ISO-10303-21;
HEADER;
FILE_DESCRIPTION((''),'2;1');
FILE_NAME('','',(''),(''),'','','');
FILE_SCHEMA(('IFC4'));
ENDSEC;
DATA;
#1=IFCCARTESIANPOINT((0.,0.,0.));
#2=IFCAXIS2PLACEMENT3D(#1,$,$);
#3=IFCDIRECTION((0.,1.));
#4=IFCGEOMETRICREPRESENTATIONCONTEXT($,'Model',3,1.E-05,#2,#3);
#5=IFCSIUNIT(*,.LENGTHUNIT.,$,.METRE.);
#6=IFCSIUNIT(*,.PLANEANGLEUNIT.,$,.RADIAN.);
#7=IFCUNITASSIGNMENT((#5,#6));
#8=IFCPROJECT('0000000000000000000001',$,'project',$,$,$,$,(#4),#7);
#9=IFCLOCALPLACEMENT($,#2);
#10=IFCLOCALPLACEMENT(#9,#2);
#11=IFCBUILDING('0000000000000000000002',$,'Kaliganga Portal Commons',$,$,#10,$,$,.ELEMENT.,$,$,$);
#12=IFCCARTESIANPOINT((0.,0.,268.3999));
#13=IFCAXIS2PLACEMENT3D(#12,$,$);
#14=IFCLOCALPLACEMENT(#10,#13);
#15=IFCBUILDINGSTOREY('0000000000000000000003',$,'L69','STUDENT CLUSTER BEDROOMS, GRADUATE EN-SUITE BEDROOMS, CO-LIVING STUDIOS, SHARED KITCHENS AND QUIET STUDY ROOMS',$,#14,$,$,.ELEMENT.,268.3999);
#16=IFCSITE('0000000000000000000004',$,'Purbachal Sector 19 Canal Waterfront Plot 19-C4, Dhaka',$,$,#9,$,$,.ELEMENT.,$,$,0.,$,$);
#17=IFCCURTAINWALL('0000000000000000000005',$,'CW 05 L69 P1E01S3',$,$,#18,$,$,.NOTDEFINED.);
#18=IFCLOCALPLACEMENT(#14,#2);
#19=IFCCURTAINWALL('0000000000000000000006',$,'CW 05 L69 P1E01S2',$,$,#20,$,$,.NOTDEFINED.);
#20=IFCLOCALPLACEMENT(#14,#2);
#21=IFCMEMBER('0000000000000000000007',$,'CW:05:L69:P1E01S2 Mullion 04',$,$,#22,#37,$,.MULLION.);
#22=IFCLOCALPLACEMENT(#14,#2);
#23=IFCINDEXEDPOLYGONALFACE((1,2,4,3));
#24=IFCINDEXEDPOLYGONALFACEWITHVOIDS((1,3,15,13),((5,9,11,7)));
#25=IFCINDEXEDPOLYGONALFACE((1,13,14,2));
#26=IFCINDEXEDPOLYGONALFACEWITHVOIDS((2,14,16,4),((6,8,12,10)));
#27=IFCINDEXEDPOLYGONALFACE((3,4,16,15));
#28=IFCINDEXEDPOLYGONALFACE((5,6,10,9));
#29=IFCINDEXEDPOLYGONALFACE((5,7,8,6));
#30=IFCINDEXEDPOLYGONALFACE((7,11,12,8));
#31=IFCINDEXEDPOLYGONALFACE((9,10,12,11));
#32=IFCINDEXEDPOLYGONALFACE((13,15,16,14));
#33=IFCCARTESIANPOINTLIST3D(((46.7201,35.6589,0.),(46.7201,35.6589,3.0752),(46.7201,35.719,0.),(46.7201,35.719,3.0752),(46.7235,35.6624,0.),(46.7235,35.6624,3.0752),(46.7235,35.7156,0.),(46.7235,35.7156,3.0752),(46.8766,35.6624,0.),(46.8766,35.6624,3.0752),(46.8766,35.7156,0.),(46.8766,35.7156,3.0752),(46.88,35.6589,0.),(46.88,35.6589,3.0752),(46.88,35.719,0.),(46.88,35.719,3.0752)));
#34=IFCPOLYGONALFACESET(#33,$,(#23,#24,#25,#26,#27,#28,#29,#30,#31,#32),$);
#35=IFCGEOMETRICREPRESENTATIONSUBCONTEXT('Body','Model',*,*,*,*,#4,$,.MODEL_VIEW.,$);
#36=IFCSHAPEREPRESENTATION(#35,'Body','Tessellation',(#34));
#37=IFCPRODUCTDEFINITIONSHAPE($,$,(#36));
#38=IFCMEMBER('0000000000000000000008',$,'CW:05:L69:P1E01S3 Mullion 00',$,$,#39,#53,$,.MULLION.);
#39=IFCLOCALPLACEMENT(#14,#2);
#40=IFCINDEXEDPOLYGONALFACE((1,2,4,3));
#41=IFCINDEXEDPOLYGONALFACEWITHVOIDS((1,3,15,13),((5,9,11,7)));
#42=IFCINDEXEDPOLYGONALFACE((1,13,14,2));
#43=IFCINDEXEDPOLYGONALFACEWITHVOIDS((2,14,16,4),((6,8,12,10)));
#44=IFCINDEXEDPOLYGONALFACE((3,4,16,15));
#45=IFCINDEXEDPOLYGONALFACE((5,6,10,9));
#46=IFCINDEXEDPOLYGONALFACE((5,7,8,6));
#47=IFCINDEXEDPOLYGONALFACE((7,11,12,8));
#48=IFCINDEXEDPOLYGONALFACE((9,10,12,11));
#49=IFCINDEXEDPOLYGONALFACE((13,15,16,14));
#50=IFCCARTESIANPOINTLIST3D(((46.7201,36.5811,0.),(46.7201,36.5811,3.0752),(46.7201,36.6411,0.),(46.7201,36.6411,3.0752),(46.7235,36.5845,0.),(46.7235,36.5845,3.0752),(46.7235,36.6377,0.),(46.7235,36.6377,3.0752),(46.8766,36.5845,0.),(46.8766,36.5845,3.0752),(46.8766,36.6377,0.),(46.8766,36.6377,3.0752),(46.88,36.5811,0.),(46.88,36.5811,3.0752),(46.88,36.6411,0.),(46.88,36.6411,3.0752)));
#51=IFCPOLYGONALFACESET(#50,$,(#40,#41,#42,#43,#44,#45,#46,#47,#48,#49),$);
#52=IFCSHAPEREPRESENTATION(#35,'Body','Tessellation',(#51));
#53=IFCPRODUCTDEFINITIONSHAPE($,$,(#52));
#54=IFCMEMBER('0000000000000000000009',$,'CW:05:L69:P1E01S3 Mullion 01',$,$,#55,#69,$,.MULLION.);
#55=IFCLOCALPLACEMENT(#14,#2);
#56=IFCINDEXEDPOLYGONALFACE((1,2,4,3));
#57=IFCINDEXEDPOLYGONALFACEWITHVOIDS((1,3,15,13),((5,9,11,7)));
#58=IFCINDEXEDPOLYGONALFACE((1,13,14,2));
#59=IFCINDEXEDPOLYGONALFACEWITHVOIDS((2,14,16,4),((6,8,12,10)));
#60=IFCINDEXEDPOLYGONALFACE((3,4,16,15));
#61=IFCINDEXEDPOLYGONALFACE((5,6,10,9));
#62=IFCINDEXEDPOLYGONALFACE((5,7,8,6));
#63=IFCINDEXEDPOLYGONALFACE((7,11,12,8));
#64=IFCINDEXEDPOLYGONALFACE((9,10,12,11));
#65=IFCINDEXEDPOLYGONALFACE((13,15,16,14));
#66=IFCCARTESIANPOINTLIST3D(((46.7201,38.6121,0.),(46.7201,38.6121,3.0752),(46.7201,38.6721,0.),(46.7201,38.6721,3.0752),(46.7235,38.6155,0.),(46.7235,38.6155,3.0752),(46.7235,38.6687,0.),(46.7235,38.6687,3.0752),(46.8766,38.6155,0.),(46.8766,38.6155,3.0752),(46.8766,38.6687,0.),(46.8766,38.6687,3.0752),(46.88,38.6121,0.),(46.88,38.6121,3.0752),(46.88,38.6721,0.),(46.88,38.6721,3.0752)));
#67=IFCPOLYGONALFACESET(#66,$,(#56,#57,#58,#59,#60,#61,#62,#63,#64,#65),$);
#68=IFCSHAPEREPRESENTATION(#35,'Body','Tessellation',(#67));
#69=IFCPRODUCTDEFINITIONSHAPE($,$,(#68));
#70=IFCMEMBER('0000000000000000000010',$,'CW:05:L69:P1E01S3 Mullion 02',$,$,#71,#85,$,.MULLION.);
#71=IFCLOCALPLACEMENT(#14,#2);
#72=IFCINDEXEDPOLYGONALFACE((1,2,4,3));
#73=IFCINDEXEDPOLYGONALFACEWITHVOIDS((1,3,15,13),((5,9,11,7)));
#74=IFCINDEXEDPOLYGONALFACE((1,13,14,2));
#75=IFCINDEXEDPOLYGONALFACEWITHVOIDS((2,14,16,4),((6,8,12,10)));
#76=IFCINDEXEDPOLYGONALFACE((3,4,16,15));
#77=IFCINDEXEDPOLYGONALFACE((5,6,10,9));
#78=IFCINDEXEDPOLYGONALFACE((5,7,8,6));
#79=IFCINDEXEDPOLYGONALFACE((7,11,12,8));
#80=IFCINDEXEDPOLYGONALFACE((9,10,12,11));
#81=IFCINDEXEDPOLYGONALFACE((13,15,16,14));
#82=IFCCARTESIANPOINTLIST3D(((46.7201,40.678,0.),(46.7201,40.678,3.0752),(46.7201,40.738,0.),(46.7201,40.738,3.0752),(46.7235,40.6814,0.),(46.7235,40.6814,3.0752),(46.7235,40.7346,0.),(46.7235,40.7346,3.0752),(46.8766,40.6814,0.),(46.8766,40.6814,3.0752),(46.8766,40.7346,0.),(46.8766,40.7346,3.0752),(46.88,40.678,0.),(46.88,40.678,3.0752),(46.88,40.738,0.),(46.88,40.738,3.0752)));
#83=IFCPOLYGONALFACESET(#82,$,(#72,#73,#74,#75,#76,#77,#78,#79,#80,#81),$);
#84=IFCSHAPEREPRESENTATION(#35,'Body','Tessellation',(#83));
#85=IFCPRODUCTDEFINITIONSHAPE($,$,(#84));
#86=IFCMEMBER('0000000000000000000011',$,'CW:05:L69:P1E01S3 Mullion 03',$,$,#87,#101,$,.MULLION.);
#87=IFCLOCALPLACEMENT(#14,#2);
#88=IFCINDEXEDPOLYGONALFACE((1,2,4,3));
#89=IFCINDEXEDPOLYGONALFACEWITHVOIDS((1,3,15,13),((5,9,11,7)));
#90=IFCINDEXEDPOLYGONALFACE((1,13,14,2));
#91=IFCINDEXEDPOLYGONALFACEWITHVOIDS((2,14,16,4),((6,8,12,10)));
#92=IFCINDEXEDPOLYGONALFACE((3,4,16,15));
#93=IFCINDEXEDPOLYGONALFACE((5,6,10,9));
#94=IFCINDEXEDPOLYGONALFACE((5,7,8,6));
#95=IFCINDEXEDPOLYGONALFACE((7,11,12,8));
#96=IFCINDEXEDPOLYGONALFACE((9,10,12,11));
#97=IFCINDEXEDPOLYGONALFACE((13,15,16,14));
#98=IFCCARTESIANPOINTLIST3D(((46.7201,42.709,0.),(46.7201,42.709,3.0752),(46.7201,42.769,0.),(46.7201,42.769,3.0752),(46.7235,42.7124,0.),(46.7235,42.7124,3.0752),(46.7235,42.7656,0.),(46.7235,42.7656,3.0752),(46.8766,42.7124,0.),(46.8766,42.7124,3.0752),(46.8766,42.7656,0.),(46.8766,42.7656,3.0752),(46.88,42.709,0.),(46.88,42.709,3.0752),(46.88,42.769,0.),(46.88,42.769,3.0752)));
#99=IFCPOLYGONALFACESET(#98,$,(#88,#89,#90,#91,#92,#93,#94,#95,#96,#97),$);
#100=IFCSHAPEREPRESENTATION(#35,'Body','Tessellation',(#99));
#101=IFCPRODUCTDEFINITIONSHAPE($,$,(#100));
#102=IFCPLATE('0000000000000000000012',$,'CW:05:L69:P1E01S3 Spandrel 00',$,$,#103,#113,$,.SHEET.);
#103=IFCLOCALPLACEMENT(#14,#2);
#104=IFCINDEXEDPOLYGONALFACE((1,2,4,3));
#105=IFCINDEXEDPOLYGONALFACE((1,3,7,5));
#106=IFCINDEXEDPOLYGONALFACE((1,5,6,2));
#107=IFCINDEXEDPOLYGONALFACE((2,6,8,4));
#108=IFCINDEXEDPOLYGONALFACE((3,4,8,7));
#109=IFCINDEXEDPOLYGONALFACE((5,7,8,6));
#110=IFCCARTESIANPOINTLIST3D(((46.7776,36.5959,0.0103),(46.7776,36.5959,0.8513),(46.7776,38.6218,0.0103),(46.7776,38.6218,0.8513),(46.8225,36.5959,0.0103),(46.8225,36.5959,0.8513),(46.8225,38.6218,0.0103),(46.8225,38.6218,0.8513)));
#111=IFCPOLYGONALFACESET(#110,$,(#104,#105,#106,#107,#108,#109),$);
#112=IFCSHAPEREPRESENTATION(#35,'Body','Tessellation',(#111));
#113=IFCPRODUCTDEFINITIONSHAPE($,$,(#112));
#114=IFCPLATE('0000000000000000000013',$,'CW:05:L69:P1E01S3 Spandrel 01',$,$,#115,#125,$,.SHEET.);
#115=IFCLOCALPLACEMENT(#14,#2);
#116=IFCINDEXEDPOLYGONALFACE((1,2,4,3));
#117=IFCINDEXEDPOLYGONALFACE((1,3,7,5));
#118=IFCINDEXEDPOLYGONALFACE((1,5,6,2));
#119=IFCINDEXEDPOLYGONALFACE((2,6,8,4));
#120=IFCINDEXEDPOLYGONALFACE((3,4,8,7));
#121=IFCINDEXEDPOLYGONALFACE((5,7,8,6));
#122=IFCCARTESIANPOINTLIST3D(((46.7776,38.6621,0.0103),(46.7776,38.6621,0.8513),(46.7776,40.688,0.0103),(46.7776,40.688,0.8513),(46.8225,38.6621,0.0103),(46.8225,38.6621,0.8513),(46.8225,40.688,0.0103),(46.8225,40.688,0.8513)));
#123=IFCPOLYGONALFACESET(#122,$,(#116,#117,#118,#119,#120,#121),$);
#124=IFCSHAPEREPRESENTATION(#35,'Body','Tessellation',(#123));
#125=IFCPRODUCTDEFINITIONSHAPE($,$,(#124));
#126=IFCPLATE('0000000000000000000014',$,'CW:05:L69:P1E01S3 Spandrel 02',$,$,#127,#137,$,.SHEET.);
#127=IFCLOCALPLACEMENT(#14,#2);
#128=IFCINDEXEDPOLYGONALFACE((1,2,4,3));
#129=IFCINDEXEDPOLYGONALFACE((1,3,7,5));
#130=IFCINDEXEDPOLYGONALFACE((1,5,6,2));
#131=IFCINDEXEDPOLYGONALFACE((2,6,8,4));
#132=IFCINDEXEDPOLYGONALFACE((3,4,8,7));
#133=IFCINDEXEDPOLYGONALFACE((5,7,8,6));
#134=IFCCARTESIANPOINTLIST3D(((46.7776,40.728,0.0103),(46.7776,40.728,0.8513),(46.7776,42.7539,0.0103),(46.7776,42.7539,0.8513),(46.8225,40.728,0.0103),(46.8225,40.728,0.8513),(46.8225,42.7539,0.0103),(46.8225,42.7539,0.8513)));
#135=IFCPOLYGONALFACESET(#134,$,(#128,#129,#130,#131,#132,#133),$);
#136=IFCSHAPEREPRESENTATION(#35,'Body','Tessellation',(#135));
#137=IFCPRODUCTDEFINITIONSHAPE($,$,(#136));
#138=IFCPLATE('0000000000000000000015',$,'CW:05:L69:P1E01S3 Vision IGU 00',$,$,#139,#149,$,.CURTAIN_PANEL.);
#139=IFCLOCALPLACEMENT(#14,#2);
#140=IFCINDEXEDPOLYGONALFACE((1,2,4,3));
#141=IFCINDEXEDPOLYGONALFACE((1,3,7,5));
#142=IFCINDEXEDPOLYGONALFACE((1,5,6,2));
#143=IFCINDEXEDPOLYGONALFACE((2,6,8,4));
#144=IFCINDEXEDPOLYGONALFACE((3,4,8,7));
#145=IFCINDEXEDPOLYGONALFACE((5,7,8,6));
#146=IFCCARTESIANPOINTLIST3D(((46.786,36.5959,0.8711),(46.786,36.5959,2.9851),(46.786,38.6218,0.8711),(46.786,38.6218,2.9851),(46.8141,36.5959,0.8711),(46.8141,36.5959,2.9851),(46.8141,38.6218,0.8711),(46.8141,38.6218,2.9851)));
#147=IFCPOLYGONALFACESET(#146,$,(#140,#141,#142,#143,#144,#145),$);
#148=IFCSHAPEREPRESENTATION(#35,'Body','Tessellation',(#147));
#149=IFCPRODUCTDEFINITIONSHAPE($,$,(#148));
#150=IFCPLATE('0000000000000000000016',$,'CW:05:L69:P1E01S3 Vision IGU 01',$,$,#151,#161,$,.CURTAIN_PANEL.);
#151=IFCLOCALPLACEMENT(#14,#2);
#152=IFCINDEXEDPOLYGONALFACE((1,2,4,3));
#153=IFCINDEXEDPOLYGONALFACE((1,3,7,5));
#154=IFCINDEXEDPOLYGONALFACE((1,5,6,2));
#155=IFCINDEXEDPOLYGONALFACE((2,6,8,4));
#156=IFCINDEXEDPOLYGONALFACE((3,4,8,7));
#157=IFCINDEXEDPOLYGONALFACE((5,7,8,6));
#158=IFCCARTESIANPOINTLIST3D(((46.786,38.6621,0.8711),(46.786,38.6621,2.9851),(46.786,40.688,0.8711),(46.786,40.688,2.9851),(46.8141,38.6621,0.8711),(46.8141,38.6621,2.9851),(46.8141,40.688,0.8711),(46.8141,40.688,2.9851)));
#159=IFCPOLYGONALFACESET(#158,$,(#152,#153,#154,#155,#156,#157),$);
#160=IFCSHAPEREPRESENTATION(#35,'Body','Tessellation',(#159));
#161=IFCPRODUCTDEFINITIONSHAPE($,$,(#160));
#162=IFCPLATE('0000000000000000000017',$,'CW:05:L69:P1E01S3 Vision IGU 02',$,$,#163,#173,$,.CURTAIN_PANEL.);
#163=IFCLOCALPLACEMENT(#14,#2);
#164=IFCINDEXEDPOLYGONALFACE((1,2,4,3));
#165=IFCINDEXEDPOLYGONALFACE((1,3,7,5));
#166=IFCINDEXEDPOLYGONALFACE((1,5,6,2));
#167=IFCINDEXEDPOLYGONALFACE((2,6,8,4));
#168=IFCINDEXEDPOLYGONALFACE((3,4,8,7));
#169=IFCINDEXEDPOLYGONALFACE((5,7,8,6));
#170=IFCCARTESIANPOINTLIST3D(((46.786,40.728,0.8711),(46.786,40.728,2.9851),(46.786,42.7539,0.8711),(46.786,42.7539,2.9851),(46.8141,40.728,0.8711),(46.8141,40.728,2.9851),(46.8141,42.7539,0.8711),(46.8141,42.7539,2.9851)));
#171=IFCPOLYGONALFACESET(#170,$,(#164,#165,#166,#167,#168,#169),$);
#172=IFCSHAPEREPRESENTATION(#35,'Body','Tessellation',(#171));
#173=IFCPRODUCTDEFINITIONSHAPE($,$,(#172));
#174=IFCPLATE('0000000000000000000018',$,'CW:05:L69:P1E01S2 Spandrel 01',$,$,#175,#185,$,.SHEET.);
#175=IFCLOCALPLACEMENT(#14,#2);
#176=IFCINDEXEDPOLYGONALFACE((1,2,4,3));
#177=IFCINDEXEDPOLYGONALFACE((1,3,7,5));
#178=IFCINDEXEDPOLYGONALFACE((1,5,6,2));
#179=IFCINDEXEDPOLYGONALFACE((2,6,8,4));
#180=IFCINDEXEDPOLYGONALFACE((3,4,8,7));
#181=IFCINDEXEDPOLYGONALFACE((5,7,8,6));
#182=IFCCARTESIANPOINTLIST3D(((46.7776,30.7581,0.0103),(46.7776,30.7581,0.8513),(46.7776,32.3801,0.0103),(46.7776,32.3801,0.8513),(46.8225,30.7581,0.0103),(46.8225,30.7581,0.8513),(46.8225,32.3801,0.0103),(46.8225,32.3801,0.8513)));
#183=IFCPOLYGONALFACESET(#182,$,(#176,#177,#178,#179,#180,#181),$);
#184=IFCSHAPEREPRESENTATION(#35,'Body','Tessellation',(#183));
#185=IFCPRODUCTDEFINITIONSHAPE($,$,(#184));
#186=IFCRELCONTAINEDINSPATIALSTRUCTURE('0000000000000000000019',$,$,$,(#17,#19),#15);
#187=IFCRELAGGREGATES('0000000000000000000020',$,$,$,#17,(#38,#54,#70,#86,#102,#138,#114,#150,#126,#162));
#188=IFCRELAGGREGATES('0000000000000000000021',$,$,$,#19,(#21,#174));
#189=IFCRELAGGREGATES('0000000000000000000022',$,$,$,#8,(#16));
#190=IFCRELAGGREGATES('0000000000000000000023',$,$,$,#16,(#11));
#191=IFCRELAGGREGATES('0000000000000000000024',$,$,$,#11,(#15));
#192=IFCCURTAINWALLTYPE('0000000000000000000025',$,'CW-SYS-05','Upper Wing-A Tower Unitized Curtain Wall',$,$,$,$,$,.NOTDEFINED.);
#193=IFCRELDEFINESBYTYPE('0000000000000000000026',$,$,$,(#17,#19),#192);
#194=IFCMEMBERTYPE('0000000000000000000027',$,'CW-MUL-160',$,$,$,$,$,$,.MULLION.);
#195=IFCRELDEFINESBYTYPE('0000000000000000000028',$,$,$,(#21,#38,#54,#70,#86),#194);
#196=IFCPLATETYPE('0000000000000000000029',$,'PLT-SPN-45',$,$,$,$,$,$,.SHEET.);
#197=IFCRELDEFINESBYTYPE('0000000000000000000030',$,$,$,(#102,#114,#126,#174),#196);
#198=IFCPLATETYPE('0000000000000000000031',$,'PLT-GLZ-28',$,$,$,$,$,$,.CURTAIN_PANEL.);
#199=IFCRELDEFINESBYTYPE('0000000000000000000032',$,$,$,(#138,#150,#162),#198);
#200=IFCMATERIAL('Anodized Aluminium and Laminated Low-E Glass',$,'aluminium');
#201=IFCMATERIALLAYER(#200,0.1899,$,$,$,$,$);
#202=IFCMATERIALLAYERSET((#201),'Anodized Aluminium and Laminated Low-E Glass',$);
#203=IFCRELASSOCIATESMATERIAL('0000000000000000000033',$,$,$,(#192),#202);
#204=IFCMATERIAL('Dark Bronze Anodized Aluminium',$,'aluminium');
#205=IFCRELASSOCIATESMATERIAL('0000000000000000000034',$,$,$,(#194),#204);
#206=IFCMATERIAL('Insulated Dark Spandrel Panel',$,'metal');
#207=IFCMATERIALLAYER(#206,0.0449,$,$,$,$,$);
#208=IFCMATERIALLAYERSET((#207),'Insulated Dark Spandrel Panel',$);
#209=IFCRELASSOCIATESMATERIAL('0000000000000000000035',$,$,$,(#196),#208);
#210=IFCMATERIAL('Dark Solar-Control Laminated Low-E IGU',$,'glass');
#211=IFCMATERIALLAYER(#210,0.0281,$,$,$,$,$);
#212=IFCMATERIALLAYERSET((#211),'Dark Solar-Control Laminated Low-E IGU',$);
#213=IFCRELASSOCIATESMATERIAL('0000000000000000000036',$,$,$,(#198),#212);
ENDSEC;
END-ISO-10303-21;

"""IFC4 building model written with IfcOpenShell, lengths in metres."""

from ifc_helpers import new_model, si_unit, direction, frame, origin, origin_2d, place, context, subcontext, project, spatial, rectangle, hollow_rectangle, extrude, source, transform, mapped, material, layer, layer_set, material_profile, profile_set, type_object, element, aggregate, save


model = new_model("IFC4")

# Units and contexts
model_context = context("Model", 3, precision=1e-05, world=origin(), true_north=direction((0.0, 1.0)))
body_context = subcontext(model_context, "Body", "Model", "MODEL_VIEW")
ifc_project = project(units=[si_unit("LENGTHUNIT", "METRE"), si_unit("PLANEANGLEUNIT", "RADIAN")], contexts=[model_context])

# Site, building, storey
site_placement = place(None, origin())
site = spatial("IfcSite", under=ifc_project, at=site_placement, Name="Purbachal Sector 19 Canal Waterfront Plot 19-C4, Dhaka", CompositionType="ELEMENT", RefElevation=0.0)
building_placement = place(site_placement, origin())
building = spatial("IfcBuilding", under=site, at=building_placement, Name="Kaliganga Portal Commons", CompositionType="ELEMENT")
storey_placement = place(building_placement, frame((0.0, 0.0, 268.3999)))
storey = spatial("IfcBuildingStorey", under=building, at=storey_placement, Name="L69", Description="STUDENT CLUSTER BEDROOMS, GRADUATE EN-SUITE BEDROOMS, CO-LIVING STUDIOS, SHARED KITCHENS AND QUIET STUDY ROOMS", CompositionType="ELEMENT", Elevation=268.3999)

# Curtain walls, member
ifc_material_1 = material(Name="Anodized Aluminium and Laminated Low-E Glass", Category="aluminium")
ifc_layer_1 = layer(ifc_material_1, 0.1899)
ifc_layer_set_1 = layer_set([ifc_layer_1], Name="Anodized Aluminium and Laminated Low-E Glass")
curtain_wall_type = type_object("IfcCurtainWallType", Name="CW-SYS-05", Description="Upper Wing-A Tower Unitized Curtain Wall", PredefinedType="NOTDEFINED", material=ifc_layer_set_1)
curtain_wall_1_placement = place(storey_placement, origin())
curtain_wall_1 = element("IfcCurtainWall", 1, at=curtain_wall_1_placement, inside=storey, type_object=curtain_wall_type, Name="CW 05 L69 P1E01S3", PredefinedType="NOTDEFINED")
ifc_material_2 = material(Name="Dark Bronze Anodized Aluminium", Category="aluminium")
curtain_wall_2_placement = place(storey_placement, origin())
curtain_wall_2 = element("IfcCurtainWall", 2, at=curtain_wall_2_placement, inside=storey, type_object=curtain_wall_type, Name="CW 05 L69 P1E01S2", PredefinedType="NOTDEFINED")
ifc_material_profile_1 = material_profile(ifc_material_2, hollow_rectangle(XDim=0.0601, YDim=0.1599, WallThickness=0.0034, at=origin_2d()), Name="ALU MULL 60x160x3.5")
ifc_profile_set_1 = profile_set([ifc_material_profile_1], Name="Dark Bronze Anodized Aluminium")
member_type_1 = type_object("IfcMemberType", Name="CW-MUL-160", PredefinedType="MULLION", material=ifc_profile_set_1)
shared_shape_1 = source(origin(), body_context, "Body", "SweptSolid", [
    extrude(hollow_rectangle(XDim=0.0601, YDim=0.1599, WallThickness=0.0034, at=origin_2d()), origin(), (0.0, 0.0, 1.0), 3.0752),
])
member_1_placement = place(storey_placement, frame((46.8, 35.689, 0.0), z_axis=(0.0, 0.0, 1.0), x_axis=(0.0, 1.0, 0.0)))
member_1 = element("IfcMember", 3, at=member_1_placement, type_object=member_type_1, Name="CW:05:L69:P1E01S2 Mullion 04", PredefinedType="MULLION", context=body_context, shape_type="MappedRepresentation", body=[
    mapped(shared_shape_1, transform((0.0, 0.0, 0.0), x_axis=(1.0, 0.0, 0.0), y_axis=(0.0, 1.0, 0.0), z_axis=(0.0, 0.0, 1.0), scale=1.0)),
])

# Members
member_2_placement = place(storey_placement, frame((46.8, 36.6111, 0.0), z_axis=(0.0, 0.0, 1.0), x_axis=(0.0, 1.0, 0.0)))
member_2 = element("IfcMember", 4, at=member_2_placement, type_object=member_type_1, Name="CW:05:L69:P1E01S3 Mullion 00", PredefinedType="MULLION", context=body_context, shape_type="MappedRepresentation", body=[
    mapped(shared_shape_1, transform((0.0, 0.0, 0.0), x_axis=(1.0, 0.0, 0.0), y_axis=(0.0, 1.0, 0.0), z_axis=(0.0, 0.0, 1.0), scale=1.0)),
])
member_3_placement = place(storey_placement, frame((46.8, 38.6421, 0.0), z_axis=(0.0, 0.0, 1.0), x_axis=(0.0, 1.0, 0.0)))
member_3 = element("IfcMember", 5, at=member_3_placement, type_object=member_type_1, Name="CW:05:L69:P1E01S3 Mullion 01", PredefinedType="MULLION", context=body_context, shape_type="MappedRepresentation", body=[
    mapped(shared_shape_1, transform((0.0, 0.0, 0.0), x_axis=(1.0, 0.0, 0.0), y_axis=(0.0, 1.0, 0.0), z_axis=(0.0, 0.0, 1.0), scale=1.0)),
])
member_4_placement = place(storey_placement, frame((46.8, 40.708, 0.0), z_axis=(0.0, 0.0, 1.0), x_axis=(0.0, 1.0, 0.0)))
member_4 = element("IfcMember", 6, at=member_4_placement, type_object=member_type_1, Name="CW:05:L69:P1E01S3 Mullion 02", PredefinedType="MULLION", context=body_context, shape_type="MappedRepresentation", body=[
    mapped(shared_shape_1, transform((0.0, 0.0, 0.0), x_axis=(1.0, 0.0, 0.0), y_axis=(0.0, 1.0, 0.0), z_axis=(0.0, 0.0, 1.0), scale=1.0)),
])
member_5_placement = place(storey_placement, frame((46.8, 42.739, 0.0), z_axis=(0.0, 0.0, 1.0), x_axis=(0.0, 1.0, 0.0)))
member_5 = element("IfcMember", 7, at=member_5_placement, type_object=member_type_1, Name="CW:05:L69:P1E01S3 Mullion 03", PredefinedType="MULLION", context=body_context, shape_type="MappedRepresentation", body=[
    mapped(shared_shape_1, transform((0.0, 0.0, 0.0), x_axis=(1.0, 0.0, 0.0), y_axis=(0.0, 1.0, 0.0), z_axis=(0.0, 0.0, 1.0), scale=1.0)),
])

# Plates
ifc_material_3 = material(Name="Insulated Dark Spandrel Panel", Category="metal")
ifc_layer_2 = layer(ifc_material_3, 0.0449)
ifc_layer_set_2 = layer_set([ifc_layer_2], Name="Insulated Dark Spandrel Panel")
plate_type_1 = type_object("IfcPlateType", Name="PLT-SPN-45", PredefinedType="SHEET", material=ifc_layer_set_2)
shared_shape_2 = source(origin(), body_context, "Body", "SweptSolid", [
    extrude(rectangle(XDim=2.0259, YDim=0.0449, at=origin_2d()), origin(), (0.0, 0.0, 1.0), 0.8411),
])
plate_1_placement = place(storey_placement, frame((46.8, 37.6089, 0.0103), z_axis=(0.0, 0.0, 1.0), x_axis=(0.0, 1.0, 0.0)))
plate_1 = element("IfcPlate", 8, at=plate_1_placement, type_object=plate_type_1, Name="CW:05:L69:P1E01S3 Spandrel 00", PredefinedType="SHEET", context=body_context, shape_type="MappedRepresentation", body=[
    mapped(shared_shape_2, transform((0.0, 0.0, 0.0), x_axis=(1.0, 0.0, 0.0), y_axis=(0.0, 1.0, 0.0), z_axis=(0.0, 0.0, 1.0), scale=1.0)),
])
plate_2_placement = place(storey_placement, frame((46.8, 39.675, 0.0103), z_axis=(0.0, 0.0, 1.0), x_axis=(0.0, 1.0, 0.0)))
plate_2 = element("IfcPlate", 9, at=plate_2_placement, type_object=plate_type_1, Name="CW:05:L69:P1E01S3 Spandrel 01", PredefinedType="SHEET", context=body_context, shape_type="MappedRepresentation", body=[
    mapped(shared_shape_2, transform((0.0, 0.0, 0.0), x_axis=(1.0, 0.0, 0.0), y_axis=(0.0, 1.0, 0.0), z_axis=(0.0, 0.0, 1.0), scale=1.0)),
])
plate_3_placement = place(storey_placement, frame((46.8, 41.741, 0.0103), z_axis=(0.0, 0.0, 1.0), x_axis=(0.0, 1.0, 0.0)))
plate_3 = element("IfcPlate", 10, at=plate_3_placement, type_object=plate_type_1, Name="CW:05:L69:P1E01S3 Spandrel 02", PredefinedType="SHEET", context=body_context, shape_type="MappedRepresentation", body=[
    mapped(shared_shape_2, transform((0.0, 0.0, 0.0), x_axis=(1.0, 0.0, 0.0), y_axis=(0.0, 1.0, 0.0), z_axis=(0.0, 0.0, 1.0), scale=1.0)),
])
ifc_material_4 = material(Name="Dark Solar-Control Laminated Low-E IGU", Category="glass")
ifc_layer_3 = layer(ifc_material_4, 0.0281)
ifc_layer_set_3 = layer_set([ifc_layer_3], Name="Dark Solar-Control Laminated Low-E IGU")
plate_type_2 = type_object("IfcPlateType", Name="PLT-GLZ-28", PredefinedType="CURTAIN_PANEL", material=ifc_layer_set_3)
shared_shape_3 = source(origin(), body_context, "Body", "SweptSolid", [
    extrude(rectangle(XDim=2.0259, YDim=0.0281, at=origin_2d()), origin(), (0.0, 0.0, 1.0), 2.114),
])
plate_4_placement = place(storey_placement, frame((46.8, 37.6089, 0.8711), z_axis=(0.0, 0.0, 1.0), x_axis=(0.0, 1.0, 0.0)))
plate_4 = element("IfcPlate", 11, at=plate_4_placement, type_object=plate_type_2, Name="CW:05:L69:P1E01S3 Vision IGU 00", PredefinedType="CURTAIN_PANEL", context=body_context, shape_type="MappedRepresentation", body=[
    mapped(shared_shape_3, transform((0.0, 0.0, 0.0), x_axis=(1.0, 0.0, 0.0), y_axis=(0.0, 1.0, 0.0), z_axis=(0.0, 0.0, 1.0), scale=1.0)),
])
plate_5_placement = place(storey_placement, frame((46.8, 39.675, 0.8711), z_axis=(0.0, 0.0, 1.0), x_axis=(0.0, 1.0, 0.0)))
plate_5 = element("IfcPlate", 12, at=plate_5_placement, type_object=plate_type_2, Name="CW:05:L69:P1E01S3 Vision IGU 01", PredefinedType="CURTAIN_PANEL", context=body_context, shape_type="MappedRepresentation", body=[
    mapped(shared_shape_3, transform((0.0, 0.0, 0.0), x_axis=(1.0, 0.0, 0.0), y_axis=(0.0, 1.0, 0.0), z_axis=(0.0, 0.0, 1.0), scale=1.0)),
])
plate_6_placement = place(storey_placement, frame((46.8, 41.741, 0.8711), z_axis=(0.0, 0.0, 1.0), x_axis=(0.0, 1.0, 0.0)))
plate_6 = element("IfcPlate", 13, at=plate_6_placement, type_object=plate_type_2, Name="CW:05:L69:P1E01S3 Vision IGU 02", PredefinedType="CURTAIN_PANEL", context=body_context, shape_type="MappedRepresentation", body=[
    mapped(shared_shape_3, transform((0.0, 0.0, 0.0), x_axis=(1.0, 0.0, 0.0), y_axis=(0.0, 1.0, 0.0), z_axis=(0.0, 0.0, 1.0), scale=1.0)),
])
aggregate(curtain_wall_1, [member_2, member_3, member_4, member_5, plate_1, plate_4, plate_2, plate_5, plate_3, plate_6])
shared_shape_4 = source(origin(), body_context, "Body", "SweptSolid", [
    extrude(rectangle(XDim=1.6221, YDim=0.0449, at=origin_2d()), origin(), (0.0, 0.0, 1.0), 0.8411),
])
plate_7_placement = place(storey_placement, frame((46.8, 31.5691, 0.0103), z_axis=(0.0, 0.0, 1.0), x_axis=(0.0, 1.0, 0.0)))
plate_7 = element("IfcPlate", 14, at=plate_7_placement, type_object=plate_type_1, Name="CW:05:L69:P1E01S2 Spandrel 01", PredefinedType="SHEET", context=body_context, shape_type="MappedRepresentation", body=[
    mapped(shared_shape_4, transform((0.0, 0.0, 0.0), x_axis=(1.0, 0.0, 0.0), y_axis=(0.0, 1.0, 0.0), z_axis=(0.0, 0.0, 1.0), scale=1.0)),
])
aggregate(curtain_wall_2, [member_1, plate_7])

save(model, "model.ifc")
